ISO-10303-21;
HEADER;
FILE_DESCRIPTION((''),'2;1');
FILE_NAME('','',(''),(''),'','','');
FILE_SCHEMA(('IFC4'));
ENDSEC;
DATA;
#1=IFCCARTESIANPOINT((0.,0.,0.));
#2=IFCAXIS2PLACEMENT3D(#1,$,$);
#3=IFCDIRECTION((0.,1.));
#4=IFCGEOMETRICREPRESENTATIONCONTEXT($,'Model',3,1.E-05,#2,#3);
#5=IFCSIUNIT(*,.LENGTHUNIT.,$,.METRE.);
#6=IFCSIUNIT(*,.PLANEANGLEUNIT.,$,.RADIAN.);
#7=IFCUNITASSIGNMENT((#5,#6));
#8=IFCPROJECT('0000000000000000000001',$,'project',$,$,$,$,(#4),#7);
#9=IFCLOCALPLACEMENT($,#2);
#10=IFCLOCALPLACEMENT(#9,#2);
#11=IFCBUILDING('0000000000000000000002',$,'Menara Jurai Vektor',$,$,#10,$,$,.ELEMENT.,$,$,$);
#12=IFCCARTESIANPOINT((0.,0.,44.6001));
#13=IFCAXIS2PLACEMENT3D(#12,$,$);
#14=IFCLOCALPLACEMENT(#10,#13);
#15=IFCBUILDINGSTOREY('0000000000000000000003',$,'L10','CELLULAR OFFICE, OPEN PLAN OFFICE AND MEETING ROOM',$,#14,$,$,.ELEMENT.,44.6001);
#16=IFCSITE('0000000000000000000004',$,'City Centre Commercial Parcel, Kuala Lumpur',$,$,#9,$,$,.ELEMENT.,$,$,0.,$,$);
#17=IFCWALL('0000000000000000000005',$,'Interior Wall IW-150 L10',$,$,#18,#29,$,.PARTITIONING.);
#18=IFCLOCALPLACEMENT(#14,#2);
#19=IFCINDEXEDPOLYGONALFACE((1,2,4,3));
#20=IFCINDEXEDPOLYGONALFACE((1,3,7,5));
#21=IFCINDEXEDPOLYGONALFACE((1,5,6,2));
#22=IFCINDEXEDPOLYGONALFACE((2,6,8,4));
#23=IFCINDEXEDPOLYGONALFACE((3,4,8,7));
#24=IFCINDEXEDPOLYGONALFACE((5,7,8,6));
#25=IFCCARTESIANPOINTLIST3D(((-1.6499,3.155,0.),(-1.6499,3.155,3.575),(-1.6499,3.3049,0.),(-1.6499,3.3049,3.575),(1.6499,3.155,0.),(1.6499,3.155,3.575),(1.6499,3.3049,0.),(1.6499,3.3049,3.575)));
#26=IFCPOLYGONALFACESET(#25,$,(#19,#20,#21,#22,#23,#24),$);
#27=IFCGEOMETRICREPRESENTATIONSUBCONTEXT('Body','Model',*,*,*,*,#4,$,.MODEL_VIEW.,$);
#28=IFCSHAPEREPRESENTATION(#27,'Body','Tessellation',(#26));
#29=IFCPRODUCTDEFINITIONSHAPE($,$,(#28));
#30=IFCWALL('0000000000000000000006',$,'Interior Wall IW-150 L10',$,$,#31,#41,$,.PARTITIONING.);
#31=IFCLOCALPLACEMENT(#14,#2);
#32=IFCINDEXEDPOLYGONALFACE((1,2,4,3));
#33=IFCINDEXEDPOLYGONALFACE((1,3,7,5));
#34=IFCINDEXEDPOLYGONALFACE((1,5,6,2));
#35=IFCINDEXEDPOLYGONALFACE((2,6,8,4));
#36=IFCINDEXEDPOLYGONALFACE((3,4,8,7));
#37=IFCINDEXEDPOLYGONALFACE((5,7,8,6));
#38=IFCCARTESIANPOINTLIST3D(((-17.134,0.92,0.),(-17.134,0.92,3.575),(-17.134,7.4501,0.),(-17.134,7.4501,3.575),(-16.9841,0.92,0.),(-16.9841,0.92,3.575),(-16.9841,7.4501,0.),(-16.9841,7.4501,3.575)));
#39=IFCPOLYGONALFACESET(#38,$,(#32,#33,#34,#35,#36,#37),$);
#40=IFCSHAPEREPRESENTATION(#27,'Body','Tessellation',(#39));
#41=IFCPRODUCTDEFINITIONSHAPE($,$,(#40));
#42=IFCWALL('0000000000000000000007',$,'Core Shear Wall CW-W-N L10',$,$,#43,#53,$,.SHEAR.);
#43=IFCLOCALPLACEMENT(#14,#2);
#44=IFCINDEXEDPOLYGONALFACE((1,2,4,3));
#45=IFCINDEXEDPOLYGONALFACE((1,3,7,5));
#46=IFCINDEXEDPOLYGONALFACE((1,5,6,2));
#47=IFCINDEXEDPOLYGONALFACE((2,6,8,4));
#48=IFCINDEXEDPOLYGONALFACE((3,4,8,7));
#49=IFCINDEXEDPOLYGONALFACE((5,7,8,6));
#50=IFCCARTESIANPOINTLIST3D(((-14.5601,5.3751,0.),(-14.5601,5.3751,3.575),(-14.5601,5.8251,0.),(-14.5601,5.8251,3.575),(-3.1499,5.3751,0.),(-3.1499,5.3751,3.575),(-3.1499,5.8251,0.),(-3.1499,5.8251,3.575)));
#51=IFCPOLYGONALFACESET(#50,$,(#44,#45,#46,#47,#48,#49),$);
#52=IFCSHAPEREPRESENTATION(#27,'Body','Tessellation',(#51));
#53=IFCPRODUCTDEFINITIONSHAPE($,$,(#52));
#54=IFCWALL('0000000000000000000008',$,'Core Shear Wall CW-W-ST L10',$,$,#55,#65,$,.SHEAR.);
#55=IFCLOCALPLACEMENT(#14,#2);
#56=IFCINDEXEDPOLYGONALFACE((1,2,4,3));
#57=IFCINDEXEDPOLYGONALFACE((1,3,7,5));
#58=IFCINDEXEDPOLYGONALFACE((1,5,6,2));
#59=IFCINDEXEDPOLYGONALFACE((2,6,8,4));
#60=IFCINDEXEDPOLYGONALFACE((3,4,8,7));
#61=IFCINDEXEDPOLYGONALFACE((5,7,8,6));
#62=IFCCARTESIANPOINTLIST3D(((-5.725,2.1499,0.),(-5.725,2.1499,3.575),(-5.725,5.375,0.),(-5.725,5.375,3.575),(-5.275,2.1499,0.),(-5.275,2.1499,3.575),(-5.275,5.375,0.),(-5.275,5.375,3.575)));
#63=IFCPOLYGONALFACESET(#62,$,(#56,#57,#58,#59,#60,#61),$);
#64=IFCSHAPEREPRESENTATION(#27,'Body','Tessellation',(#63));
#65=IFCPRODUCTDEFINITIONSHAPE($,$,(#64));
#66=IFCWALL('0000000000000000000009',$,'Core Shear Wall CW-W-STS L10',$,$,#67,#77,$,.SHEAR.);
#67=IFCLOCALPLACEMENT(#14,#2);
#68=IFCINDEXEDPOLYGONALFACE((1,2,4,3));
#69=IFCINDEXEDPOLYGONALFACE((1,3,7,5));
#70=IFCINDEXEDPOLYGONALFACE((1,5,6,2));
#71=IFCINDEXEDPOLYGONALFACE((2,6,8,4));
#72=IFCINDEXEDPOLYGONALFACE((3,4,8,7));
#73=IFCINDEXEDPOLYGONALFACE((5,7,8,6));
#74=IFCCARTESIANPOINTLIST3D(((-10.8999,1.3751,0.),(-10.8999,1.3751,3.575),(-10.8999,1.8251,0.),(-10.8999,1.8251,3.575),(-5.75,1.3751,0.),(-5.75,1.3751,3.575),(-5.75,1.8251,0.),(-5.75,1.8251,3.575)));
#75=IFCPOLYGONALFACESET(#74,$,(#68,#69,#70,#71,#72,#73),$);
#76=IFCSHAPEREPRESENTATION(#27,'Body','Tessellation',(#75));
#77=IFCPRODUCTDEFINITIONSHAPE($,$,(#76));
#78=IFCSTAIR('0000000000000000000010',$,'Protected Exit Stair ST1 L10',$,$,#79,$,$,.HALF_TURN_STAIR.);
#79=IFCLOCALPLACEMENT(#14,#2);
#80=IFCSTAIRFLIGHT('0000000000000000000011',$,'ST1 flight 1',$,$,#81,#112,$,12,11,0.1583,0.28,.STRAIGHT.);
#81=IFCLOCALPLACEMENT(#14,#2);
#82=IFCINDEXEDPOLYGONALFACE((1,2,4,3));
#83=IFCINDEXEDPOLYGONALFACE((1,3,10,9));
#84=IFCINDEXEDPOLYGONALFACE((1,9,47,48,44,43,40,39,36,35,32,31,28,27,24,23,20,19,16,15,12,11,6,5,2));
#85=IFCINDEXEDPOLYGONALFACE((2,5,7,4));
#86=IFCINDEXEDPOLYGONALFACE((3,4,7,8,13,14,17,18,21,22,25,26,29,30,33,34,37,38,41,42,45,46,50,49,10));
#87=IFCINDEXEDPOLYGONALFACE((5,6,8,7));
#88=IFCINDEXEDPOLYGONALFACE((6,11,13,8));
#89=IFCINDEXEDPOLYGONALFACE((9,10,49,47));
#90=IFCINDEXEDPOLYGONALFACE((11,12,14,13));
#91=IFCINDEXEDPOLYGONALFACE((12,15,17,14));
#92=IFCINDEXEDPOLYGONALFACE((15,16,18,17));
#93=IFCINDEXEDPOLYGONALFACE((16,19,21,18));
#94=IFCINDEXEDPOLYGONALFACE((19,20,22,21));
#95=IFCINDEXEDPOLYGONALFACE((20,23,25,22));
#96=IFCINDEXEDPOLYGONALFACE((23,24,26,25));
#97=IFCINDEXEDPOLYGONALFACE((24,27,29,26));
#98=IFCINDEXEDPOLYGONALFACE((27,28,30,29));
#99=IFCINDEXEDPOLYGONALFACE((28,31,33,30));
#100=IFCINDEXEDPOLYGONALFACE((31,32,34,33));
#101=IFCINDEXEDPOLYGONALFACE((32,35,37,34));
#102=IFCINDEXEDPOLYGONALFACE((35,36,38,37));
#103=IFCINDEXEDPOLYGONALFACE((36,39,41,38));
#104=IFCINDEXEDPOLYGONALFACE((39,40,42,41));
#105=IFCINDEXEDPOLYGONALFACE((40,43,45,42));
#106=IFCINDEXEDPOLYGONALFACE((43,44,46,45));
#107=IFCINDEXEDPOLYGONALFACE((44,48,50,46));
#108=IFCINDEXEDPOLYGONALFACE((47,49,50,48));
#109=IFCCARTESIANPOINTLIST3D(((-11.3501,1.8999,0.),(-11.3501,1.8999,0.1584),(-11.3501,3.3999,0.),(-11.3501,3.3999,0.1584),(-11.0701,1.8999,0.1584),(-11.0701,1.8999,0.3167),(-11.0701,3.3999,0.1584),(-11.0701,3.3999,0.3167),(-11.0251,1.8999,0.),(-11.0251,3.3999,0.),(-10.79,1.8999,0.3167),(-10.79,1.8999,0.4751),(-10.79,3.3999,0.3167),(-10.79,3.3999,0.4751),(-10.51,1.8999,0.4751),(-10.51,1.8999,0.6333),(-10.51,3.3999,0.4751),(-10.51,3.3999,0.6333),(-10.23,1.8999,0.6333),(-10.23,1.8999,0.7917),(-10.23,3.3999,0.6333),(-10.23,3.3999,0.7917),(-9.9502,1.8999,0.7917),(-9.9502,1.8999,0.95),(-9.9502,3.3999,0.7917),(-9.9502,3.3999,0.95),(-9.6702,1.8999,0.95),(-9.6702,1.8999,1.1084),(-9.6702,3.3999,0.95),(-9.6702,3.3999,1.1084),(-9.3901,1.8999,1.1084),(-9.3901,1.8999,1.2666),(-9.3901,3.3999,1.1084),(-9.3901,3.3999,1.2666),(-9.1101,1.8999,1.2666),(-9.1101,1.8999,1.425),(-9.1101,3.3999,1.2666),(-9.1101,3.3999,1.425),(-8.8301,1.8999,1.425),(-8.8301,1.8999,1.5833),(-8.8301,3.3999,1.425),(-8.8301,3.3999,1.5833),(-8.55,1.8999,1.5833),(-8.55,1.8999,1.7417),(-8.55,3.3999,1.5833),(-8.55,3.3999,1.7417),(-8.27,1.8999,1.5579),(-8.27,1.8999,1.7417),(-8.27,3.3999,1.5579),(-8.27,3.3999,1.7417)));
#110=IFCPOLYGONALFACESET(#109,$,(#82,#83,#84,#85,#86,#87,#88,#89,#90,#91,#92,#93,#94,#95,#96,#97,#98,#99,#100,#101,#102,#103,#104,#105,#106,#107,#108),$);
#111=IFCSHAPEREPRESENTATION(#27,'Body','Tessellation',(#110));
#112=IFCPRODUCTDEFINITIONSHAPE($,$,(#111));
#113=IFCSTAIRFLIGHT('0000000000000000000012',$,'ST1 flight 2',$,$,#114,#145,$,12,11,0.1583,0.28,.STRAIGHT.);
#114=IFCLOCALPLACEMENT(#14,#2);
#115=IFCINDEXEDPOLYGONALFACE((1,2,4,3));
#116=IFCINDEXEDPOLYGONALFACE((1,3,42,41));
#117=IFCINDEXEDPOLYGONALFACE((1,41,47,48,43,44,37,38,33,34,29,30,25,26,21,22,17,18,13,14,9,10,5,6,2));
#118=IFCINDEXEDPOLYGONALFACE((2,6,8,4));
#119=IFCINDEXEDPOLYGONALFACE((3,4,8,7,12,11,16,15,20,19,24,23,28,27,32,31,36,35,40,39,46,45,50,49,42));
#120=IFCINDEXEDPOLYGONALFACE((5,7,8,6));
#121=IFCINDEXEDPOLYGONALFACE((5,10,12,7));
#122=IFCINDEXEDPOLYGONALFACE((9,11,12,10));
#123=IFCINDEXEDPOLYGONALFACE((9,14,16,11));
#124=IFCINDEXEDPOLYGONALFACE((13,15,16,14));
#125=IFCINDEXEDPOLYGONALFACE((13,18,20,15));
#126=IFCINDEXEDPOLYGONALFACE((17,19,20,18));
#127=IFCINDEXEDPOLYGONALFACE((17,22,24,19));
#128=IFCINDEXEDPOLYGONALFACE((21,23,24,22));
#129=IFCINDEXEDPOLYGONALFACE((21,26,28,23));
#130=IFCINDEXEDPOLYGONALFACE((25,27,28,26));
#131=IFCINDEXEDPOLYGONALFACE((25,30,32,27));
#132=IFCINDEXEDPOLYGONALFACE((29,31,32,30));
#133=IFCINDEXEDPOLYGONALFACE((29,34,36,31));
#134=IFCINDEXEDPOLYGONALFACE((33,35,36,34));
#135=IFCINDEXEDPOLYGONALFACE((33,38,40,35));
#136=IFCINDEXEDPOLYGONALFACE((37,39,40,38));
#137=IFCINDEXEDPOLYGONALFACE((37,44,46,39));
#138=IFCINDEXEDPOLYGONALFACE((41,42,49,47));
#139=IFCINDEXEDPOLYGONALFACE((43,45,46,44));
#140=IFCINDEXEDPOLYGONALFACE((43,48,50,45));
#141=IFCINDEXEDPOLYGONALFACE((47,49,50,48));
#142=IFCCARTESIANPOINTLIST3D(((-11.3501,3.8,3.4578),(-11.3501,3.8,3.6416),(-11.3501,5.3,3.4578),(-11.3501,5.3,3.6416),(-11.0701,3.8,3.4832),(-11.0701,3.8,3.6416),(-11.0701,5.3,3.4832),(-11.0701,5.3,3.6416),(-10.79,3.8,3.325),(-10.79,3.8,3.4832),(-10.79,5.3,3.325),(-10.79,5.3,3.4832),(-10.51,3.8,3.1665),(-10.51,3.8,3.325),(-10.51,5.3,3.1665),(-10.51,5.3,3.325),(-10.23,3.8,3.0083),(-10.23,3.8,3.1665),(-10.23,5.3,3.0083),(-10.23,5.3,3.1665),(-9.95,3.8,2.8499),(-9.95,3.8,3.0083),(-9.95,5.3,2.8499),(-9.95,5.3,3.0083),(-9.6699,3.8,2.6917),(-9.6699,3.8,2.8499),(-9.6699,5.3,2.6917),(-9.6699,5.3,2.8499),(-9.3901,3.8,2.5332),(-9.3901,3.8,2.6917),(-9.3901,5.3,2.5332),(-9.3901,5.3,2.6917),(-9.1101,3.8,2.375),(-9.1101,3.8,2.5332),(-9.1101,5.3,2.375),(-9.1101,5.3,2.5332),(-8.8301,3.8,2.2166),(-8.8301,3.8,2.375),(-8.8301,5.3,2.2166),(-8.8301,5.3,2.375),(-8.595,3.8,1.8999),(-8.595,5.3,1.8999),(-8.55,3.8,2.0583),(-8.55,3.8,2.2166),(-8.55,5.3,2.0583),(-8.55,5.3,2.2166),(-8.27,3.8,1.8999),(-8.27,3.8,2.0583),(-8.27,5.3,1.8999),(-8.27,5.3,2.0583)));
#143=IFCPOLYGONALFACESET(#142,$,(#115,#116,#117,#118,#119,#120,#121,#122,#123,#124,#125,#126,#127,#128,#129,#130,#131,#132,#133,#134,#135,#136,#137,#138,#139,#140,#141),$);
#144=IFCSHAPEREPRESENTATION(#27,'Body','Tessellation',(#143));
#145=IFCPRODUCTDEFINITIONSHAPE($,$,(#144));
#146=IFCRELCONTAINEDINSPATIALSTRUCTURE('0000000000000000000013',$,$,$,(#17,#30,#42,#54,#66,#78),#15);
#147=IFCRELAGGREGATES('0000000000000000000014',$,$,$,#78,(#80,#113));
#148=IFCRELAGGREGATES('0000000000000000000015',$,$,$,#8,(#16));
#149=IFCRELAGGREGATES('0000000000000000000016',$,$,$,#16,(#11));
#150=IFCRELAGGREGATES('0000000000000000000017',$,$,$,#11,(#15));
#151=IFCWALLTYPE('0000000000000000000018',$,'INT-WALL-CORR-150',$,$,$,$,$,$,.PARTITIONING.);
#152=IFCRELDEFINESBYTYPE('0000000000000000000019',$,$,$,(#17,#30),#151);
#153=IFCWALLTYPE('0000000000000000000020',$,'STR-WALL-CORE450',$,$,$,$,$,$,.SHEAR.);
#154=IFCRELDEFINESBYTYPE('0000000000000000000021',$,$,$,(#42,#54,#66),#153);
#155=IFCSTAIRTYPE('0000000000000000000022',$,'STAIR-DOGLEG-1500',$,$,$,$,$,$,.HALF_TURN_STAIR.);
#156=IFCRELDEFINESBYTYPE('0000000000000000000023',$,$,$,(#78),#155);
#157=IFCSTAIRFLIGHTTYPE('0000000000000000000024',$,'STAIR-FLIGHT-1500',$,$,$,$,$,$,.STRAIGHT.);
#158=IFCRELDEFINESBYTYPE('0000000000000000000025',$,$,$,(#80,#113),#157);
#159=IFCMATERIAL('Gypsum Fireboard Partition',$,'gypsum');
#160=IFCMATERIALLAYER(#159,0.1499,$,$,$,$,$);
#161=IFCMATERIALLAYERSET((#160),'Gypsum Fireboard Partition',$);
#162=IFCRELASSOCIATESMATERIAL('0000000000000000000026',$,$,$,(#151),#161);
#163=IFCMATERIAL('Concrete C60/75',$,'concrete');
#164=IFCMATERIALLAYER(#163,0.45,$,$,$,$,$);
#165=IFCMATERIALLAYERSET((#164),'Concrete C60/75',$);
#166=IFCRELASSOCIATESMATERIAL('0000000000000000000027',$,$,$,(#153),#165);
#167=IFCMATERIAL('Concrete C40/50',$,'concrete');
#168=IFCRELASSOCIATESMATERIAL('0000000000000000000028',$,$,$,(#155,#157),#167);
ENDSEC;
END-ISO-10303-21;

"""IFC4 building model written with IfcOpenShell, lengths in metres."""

from ifc_helpers import new_model, si_unit, direction, frame, frame_2d, origin, place, context, subcontext, project, spatial, polyline, rectangle, outline, extrude, material, layer, layer_set, type_object, element, aggregate, save


model = new_model("IFC4")

# Units and contexts
model_context = context("Model", 3, precision=1e-05, world=origin(), true_north=direction((0.0, 1.0)))
body_context = subcontext(model_context, "Body", "Model", "MODEL_VIEW")
ifc_project = project(units=[si_unit("LENGTHUNIT", "METRE"), si_unit("PLANEANGLEUNIT", "RADIAN")], contexts=[model_context])

# Site, building, storey
site_placement = place(None, origin())
site = spatial("IfcSite", under=ifc_project, at=site_placement, Name="City Centre Commercial Parcel, Kuala Lumpur", CompositionType="ELEMENT", RefElevation=0.0)
building_placement = place(site_placement, origin())
building = spatial("IfcBuilding", under=site, at=building_placement, Name="Menara Jurai Vektor", CompositionType="ELEMENT")
storey_placement = place(building_placement, frame((0.0, 0.0, 44.6001)))
storey = spatial("IfcBuildingStorey", under=building, at=storey_placement, Name="L10", Description="CELLULAR OFFICE, OPEN PLAN OFFICE AND MEETING ROOM", CompositionType="ELEMENT", Elevation=44.6001)

# Shared definitions
ifc_material_1 = material(Name="Concrete C60/75", Category="concrete")

# Shared definitions
ifc_material_2 = material(Name="Concrete C40/50", Category="concrete")

# Wall
ifc_material_3 = material(Name="Gypsum Fireboard Partition", Category="gypsum")
ifc_layer_1 = layer(ifc_material_3, 0.1499)
ifc_layer_set_1 = layer_set([ifc_layer_1], Name="Gypsum Fireboard Partition")
wall_type_1 = type_object("IfcWallType", Name="INT-WALL-CORR-150", PredefinedType="PARTITIONING", material=ifc_layer_set_1)
wall_1_placement = place(storey_placement, frame((-1.6499, 3.23, 0.0), z_axis=(0.0, 0.0, 1.0), x_axis=(1.0, 0.0, 0.0)))
element("IfcWall", 1, at=wall_1_placement, inside=storey, type_object=wall_type_1, Name="Interior Wall IW-150 L10", PredefinedType="PARTITIONING", context=body_context, shape_type="SweptSolid", body=[
    extrude(rectangle(XDim=3.2998, YDim=0.1499, at=frame_2d((1.6499, 0.0))), origin(), (0.0, 0.0, 1.0), 3.575),
])

# Walls
wall_2_placement = place(storey_placement, frame((-17.0591, 0.9199, 0.0), z_axis=(0.0, 0.0, 1.0), x_axis=(0.0, 1.0, 0.0)))
element("IfcWall", 2, at=wall_2_placement, inside=storey, type_object=wall_type_1, Name="Interior Wall IW-150 L10", PredefinedType="PARTITIONING", context=body_context, shape_type="SweptSolid", body=[
    extrude(rectangle(XDim=6.53, YDim=0.1499, at=frame_2d((3.2651, 0.0))), origin(), (0.0, 0.0, 1.0), 3.575),
])
ifc_layer_2 = layer(ifc_material_1, 0.45)
ifc_layer_set_2 = layer_set([ifc_layer_2], Name="Concrete C60/75")
wall_type_2 = type_object("IfcWallType", Name="STR-WALL-CORE450", PredefinedType="SHEAR", material=ifc_layer_set_2)
wall_3_placement = place(storey_placement, frame((-14.5601, 5.6001, 0.0), z_axis=(0.0, 0.0, 1.0), x_axis=(1.0, 0.0, 0.0)))
element("IfcWall", 3, at=wall_3_placement, inside=storey, type_object=wall_type_2, Name="Core Shear Wall CW-W-N L10", PredefinedType="SHEAR", context=body_context, shape_type="SweptSolid", body=[
    extrude(rectangle(XDim=11.4102, YDim=0.45, at=frame_2d((5.7051, 0.0))), origin(), (0.0, 0.0, 1.0), 3.575),
])
wall_4_placement = place(storey_placement, frame((-5.5, 2.1499, 0.0), z_axis=(0.0, 0.0, 1.0), x_axis=(0.0, 1.0, 0.0)))
element("IfcWall", 4, at=wall_4_placement, inside=storey, type_object=wall_type_2, Name="Core Shear Wall CW-W-ST L10", PredefinedType="SHEAR", context=body_context, shape_type="SweptSolid", body=[
    extrude(rectangle(XDim=3.2251, YDim=0.45, at=frame_2d((1.6125, 0.0))), origin(), (0.0, 0.0, 1.0), 3.575),
])
wall_5_placement = place(storey_placement, frame((-10.8999, 1.6001, 0.0), z_axis=(0.0, 0.0, 1.0), x_axis=(1.0, 0.0, 0.0)))
element("IfcWall", 5, at=wall_5_placement, inside=storey, type_object=wall_type_2, Name="Core Shear Wall CW-W-STS L10", PredefinedType="SHEAR", context=body_context, shape_type="SweptSolid", body=[
    extrude(rectangle(XDim=5.1499, YDim=0.45, at=frame_2d((2.575, 0.0))), origin(), (0.0, 0.0, 1.0), 3.575),
])

# Stair, stair flights
stair_type = type_object("IfcStairType", Name="STAIR-DOGLEG-1500", PredefinedType="HALF_TURN_STAIR", material=ifc_material_2)
stair_placement = place(storey_placement, origin())
stair = element("IfcStair", 6, at=stair_placement, inside=storey, type_object=stair_type, Name="Protected Exit Stair ST1 L10", PredefinedType="HALF_TURN_STAIR")
stair_flight_type = type_object("IfcStairFlightType", Name="STAIR-FLIGHT-1500", PredefinedType="STRAIGHT", material=ifc_material_2)
stair_flight_1_placement = place(storey_placement, frame((-11.3501, 2.6499, 0.0), z_axis=(0.0, 0.0, 1.0), x_axis=(1.0, 0.0, 0.0)))
stair_flight_1 = element("IfcStairFlight", 7, at=stair_flight_1_placement, type_object=stair_flight_type, Name="ST1 flight 1", NumberOfRisers=12, NumberOfTreads=11, PredefinedType="STRAIGHT", RiserHeight=0.1583, TreadLength=0.28, context=body_context, shape_type="SweptSolid", body=[
    extrude(outline(polyline([(0.0, 0.0), (0.0, 0.1584), (0.28, 0.1584), (0.28, 0.3167), (0.5601, 0.3167), (0.5601, 0.4751), (0.8401, 0.4751), (0.8401, 0.6333), (1.1201, 0.6333), (1.1201, 0.7917), (1.3999, 0.7917), (1.3999, 0.95), (1.6799, 0.95), (1.6799, 1.1084), (1.96, 1.1084), (1.96, 1.2666), (2.24, 1.2666), (2.24, 1.425), (2.52, 1.425), (2.52, 1.5833), (2.8, 1.5833), (2.8, 1.7417), (3.0801, 1.7417), (3.0801, 1.8999), (3.0801, 1.5579), (0.325, 0.0), (0.0, 0.0)])), frame((0.0, 0.75, 0.0), z_axis=(0.0, -1.0, 0.0), x_axis=(1.0, 0.0, 0.0)), (0.0, 0.0, 1.0), 1.5),
])
stair_flight_2_placement = place(storey_placement, frame((-8.27, 4.55, 1.8999), z_axis=(0.0, 0.0, 1.0), x_axis=(-1.0, 0.0, 0.0)))
stair_flight_2 = element("IfcStairFlight", 8, at=stair_flight_2_placement, type_object=stair_flight_type, Name="ST1 flight 2", NumberOfRisers=12, NumberOfTreads=11, PredefinedType="STRAIGHT", RiserHeight=0.1583, TreadLength=0.28, context=body_context, shape_type="SweptSolid", body=[
    extrude(outline(polyline([(0.0, 0.0), (0.0, 0.1584), (0.28, 0.1584), (0.28, 0.3167), (0.5601, 0.3167), (0.5601, 0.4751), (0.8401, 0.4751), (0.8401, 0.6333), (1.1201, 0.6333), (1.1201, 0.7917), (1.3999, 0.7917), (1.3999, 0.95), (1.6799, 0.95), (1.6799, 1.1084), (1.96, 1.1084), (1.96, 1.2666), (2.24, 1.2666), (2.24, 1.425), (2.52, 1.425), (2.52, 1.5833), (2.8, 1.5833), (2.8, 1.7417), (3.0801, 1.7417), (3.0801, 1.8999), (3.0801, 1.5579), (0.325, 0.0), (0.0, 0.0)])), frame((0.0, 0.75, 0.0), z_axis=(0.0, -1.0, 0.0), x_axis=(1.0, 0.0, 0.0)), (0.0, 0.0, 1.0), 1.5),
])
aggregate(stair, [stair_flight_1, stair_flight_2])

save(model, "model.ifc")
